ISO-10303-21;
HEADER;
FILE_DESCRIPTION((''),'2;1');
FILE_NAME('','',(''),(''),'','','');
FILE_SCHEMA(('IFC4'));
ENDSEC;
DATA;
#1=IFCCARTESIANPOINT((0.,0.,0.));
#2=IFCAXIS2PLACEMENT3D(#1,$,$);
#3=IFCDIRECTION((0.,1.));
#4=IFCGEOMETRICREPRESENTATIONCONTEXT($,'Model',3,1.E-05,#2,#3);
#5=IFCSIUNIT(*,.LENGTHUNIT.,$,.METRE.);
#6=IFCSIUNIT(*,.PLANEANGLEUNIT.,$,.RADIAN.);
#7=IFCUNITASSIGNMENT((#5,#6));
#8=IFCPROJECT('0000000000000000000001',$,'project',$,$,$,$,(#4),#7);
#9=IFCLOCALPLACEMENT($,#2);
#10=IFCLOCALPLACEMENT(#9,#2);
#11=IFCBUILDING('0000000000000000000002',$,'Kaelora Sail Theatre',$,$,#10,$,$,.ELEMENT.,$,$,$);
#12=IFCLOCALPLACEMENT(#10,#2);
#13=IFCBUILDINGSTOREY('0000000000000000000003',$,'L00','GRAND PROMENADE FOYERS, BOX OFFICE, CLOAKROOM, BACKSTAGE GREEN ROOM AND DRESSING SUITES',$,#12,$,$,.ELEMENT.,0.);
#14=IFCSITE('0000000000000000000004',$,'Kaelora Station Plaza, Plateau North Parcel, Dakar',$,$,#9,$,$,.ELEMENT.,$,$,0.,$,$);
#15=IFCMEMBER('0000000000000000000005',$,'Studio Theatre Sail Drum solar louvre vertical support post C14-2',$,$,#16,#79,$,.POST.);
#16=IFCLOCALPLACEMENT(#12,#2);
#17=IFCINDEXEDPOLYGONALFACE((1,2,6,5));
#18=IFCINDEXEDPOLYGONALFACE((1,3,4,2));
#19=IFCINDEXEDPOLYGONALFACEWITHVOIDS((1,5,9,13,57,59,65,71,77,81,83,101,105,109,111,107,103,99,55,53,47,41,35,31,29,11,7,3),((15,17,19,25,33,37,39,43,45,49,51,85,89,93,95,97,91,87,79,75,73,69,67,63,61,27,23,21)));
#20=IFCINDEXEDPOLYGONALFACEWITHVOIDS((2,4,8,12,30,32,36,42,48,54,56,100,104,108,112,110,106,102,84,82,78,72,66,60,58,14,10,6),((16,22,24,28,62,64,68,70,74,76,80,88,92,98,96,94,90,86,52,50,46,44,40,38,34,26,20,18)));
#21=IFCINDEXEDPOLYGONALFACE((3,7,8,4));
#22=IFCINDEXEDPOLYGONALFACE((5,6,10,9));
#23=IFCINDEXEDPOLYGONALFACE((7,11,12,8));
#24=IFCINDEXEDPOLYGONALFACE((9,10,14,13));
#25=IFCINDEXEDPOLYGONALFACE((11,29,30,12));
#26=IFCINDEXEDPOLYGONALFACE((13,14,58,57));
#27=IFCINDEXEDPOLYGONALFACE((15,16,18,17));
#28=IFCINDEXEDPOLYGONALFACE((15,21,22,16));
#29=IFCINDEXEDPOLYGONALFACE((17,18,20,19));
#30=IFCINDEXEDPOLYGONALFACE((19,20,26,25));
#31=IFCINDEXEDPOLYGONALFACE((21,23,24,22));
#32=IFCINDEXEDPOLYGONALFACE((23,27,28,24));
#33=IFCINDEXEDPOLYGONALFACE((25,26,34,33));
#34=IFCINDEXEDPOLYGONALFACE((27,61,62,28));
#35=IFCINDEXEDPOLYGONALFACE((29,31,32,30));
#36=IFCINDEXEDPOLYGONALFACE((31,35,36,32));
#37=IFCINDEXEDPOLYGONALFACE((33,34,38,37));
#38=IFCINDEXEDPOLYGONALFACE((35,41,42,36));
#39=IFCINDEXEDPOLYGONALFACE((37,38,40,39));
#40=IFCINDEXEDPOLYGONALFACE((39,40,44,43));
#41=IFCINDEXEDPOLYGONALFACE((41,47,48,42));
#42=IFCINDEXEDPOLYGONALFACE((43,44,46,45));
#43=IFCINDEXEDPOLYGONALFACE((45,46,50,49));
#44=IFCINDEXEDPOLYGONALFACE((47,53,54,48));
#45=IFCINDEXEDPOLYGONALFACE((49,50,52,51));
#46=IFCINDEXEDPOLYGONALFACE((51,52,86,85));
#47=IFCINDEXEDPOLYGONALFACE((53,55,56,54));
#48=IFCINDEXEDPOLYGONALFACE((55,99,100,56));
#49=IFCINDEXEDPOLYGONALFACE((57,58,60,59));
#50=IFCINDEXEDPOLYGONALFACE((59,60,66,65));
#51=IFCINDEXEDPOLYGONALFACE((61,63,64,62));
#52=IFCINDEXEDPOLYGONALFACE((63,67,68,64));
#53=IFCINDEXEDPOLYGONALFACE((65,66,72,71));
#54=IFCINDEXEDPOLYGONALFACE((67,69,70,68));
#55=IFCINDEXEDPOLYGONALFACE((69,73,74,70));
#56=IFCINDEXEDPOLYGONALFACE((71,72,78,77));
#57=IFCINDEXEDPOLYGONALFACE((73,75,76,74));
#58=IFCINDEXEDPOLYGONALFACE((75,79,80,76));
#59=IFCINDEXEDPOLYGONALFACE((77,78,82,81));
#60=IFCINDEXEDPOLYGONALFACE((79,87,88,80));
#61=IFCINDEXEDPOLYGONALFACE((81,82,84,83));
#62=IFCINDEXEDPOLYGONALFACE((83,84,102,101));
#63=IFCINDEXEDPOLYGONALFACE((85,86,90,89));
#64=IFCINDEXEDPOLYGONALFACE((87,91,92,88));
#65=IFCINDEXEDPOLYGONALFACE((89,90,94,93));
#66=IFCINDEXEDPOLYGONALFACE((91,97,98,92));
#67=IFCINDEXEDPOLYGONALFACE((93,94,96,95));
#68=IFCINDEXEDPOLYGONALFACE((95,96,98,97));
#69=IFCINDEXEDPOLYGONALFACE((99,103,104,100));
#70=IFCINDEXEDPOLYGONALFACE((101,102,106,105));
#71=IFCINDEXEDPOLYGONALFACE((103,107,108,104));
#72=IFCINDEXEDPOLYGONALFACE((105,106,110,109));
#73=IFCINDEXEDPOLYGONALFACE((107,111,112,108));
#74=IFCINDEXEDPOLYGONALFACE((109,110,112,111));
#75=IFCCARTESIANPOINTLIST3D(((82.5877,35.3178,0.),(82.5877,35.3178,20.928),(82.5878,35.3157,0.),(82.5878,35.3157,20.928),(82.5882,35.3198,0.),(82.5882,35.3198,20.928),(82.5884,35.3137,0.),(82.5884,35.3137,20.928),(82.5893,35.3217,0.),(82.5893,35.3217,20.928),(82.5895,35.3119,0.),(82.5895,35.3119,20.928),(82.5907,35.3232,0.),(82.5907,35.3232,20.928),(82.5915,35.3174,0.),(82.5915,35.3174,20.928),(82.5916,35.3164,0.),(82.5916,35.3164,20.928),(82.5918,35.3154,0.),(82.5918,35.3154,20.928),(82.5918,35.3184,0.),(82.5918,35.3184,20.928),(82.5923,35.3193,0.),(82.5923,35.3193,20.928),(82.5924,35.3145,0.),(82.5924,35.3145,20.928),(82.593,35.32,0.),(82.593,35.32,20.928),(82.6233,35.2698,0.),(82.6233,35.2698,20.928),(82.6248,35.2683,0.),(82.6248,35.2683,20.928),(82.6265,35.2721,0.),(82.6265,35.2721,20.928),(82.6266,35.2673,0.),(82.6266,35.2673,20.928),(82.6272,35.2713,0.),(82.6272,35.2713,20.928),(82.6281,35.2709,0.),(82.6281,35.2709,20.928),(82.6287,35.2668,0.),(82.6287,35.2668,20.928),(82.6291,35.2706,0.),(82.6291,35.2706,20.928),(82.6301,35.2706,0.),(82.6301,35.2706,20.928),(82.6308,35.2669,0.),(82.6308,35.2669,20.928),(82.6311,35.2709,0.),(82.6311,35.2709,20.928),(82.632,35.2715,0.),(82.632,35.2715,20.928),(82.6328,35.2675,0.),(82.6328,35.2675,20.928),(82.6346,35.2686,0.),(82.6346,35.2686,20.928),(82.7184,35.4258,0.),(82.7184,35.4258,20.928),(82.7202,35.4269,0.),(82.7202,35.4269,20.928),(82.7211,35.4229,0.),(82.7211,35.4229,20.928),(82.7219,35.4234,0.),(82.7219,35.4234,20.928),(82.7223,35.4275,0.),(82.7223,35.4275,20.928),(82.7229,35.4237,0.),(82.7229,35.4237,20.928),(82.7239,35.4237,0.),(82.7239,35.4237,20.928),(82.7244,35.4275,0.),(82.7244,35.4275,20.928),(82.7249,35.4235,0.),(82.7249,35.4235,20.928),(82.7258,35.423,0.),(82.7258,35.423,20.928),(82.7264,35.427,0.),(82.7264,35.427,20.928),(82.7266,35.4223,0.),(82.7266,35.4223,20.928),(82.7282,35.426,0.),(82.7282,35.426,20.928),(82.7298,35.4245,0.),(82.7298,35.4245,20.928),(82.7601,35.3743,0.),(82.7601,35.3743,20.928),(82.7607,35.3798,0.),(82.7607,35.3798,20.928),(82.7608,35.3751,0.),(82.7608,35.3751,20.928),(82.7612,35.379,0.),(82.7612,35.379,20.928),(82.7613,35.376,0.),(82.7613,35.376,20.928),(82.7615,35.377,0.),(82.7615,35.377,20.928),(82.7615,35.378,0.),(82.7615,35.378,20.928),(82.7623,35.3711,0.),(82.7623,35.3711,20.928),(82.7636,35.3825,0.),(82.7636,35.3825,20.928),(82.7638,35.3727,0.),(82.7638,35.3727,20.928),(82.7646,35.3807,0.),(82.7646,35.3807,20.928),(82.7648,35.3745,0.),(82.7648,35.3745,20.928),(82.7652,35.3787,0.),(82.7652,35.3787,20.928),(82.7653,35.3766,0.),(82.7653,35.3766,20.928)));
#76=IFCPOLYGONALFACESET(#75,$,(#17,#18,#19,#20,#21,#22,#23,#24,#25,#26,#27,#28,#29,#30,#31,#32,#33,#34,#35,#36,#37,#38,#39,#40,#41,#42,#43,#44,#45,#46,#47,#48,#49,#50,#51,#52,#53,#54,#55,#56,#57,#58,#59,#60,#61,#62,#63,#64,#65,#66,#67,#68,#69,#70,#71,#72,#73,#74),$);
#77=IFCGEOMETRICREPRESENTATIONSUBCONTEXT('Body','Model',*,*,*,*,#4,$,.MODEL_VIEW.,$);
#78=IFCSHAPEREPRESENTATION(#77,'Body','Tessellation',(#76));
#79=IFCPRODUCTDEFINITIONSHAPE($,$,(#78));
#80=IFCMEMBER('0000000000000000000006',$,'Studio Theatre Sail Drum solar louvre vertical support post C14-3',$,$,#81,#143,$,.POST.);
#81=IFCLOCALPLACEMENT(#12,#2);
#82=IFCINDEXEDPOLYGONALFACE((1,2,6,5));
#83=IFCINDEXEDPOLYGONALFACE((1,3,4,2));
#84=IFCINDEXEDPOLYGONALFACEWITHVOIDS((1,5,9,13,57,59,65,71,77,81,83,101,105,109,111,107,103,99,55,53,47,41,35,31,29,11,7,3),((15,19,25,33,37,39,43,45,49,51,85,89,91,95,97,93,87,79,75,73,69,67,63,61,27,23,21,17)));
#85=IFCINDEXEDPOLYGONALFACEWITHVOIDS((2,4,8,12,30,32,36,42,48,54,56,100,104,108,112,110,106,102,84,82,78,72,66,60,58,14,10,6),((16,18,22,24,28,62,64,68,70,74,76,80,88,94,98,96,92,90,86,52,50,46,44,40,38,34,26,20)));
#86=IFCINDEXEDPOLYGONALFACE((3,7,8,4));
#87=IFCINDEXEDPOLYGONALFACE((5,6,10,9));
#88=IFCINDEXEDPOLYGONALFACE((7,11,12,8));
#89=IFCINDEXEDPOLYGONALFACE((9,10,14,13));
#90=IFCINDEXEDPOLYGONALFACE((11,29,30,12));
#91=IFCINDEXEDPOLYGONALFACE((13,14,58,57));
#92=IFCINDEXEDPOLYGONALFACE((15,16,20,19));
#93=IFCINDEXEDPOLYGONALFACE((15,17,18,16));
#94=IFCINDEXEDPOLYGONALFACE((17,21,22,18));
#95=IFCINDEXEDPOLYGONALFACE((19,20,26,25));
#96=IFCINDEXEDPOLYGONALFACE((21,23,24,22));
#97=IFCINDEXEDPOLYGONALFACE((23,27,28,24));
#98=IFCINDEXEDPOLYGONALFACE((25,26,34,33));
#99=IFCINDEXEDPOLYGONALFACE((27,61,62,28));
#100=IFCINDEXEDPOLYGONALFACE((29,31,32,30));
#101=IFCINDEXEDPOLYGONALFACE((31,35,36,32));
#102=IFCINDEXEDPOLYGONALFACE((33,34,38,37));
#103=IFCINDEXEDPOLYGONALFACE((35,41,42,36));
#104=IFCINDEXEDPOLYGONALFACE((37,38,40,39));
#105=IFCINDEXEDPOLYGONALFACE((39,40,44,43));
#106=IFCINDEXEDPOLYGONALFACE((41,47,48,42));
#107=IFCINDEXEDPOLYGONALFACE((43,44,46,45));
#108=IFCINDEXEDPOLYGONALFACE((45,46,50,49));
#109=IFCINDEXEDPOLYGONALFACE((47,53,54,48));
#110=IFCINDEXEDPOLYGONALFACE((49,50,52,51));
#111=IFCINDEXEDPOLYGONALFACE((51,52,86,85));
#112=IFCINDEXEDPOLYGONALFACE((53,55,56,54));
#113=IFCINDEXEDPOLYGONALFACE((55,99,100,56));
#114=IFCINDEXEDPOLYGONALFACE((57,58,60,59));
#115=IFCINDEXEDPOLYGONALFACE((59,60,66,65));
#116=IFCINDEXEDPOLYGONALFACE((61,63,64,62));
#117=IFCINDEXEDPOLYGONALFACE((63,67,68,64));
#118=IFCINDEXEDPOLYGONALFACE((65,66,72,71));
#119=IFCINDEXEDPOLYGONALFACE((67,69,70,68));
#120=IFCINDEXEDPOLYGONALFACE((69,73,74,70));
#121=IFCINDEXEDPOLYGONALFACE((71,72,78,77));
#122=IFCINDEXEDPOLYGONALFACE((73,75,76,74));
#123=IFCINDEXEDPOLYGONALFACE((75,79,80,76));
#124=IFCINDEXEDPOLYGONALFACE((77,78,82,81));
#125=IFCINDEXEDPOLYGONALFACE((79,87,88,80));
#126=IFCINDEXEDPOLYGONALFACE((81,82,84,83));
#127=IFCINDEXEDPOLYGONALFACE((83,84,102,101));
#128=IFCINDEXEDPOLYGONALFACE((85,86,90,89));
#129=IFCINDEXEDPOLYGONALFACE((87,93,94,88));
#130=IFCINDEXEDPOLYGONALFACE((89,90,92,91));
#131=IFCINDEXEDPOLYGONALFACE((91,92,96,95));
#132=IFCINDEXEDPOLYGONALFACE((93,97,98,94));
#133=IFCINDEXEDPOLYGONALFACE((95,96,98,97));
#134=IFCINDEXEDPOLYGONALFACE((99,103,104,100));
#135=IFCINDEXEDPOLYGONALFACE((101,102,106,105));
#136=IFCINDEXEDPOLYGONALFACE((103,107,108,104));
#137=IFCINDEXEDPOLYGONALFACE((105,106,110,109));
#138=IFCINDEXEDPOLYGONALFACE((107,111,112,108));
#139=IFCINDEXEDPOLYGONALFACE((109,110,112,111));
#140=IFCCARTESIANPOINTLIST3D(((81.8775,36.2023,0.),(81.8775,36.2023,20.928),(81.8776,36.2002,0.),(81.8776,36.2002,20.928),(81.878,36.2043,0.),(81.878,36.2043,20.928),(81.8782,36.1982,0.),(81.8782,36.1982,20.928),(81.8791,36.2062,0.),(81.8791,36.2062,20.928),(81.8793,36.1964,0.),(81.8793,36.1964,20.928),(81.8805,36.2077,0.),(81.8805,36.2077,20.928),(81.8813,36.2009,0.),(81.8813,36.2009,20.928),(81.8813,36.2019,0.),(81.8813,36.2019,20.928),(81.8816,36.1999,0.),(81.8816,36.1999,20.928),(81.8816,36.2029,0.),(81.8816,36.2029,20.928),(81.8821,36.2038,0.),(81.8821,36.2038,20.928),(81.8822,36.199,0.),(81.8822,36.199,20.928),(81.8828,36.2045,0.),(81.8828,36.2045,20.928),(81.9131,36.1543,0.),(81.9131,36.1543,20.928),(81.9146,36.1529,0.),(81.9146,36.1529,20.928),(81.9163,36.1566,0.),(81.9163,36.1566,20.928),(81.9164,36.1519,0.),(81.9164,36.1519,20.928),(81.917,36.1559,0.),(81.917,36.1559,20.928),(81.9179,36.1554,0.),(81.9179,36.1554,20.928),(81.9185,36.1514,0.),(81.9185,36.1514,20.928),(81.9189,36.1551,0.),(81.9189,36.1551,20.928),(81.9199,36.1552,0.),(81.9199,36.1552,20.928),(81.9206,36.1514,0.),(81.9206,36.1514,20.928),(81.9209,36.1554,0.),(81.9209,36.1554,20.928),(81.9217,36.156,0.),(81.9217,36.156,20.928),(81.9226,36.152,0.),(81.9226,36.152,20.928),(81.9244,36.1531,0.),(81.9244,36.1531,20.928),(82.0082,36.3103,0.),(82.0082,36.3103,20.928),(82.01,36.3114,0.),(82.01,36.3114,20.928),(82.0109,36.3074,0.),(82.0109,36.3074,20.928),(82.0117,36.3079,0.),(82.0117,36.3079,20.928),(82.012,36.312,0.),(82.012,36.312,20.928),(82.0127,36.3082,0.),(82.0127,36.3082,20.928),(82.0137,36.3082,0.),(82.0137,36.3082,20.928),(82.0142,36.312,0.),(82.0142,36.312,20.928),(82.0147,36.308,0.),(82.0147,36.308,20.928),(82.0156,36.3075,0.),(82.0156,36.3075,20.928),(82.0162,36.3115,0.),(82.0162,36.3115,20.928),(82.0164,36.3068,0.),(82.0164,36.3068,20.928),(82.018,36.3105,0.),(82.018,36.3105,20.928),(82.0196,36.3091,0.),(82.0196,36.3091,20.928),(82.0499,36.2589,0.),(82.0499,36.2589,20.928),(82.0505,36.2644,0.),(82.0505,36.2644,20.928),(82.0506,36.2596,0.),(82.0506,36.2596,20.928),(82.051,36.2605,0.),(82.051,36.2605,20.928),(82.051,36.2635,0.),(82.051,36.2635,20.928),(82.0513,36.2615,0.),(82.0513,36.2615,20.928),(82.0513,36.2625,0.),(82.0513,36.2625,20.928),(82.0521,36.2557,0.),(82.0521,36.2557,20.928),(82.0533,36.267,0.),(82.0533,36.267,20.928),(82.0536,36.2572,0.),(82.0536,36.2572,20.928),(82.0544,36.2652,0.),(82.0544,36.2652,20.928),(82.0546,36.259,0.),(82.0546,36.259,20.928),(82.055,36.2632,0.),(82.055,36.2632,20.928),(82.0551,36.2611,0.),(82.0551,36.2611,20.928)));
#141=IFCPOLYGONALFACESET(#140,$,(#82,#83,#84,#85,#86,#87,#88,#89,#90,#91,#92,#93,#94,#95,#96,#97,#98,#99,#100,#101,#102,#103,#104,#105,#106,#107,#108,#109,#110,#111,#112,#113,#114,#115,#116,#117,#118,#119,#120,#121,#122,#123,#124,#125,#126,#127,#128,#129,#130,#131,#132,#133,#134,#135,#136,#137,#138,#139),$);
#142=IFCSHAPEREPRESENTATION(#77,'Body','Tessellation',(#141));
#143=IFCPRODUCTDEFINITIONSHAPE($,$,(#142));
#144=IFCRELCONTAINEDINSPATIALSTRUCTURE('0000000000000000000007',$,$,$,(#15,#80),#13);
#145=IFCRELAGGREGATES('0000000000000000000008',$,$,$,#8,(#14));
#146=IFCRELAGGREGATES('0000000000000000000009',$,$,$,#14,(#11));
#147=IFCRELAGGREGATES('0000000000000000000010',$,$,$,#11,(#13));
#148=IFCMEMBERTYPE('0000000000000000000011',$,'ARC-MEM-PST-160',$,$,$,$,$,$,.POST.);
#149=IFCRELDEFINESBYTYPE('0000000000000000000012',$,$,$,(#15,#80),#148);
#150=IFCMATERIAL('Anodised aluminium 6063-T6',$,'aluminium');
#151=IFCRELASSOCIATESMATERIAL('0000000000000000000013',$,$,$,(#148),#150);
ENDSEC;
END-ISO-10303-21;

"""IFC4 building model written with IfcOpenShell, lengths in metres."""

from ifc_helpers import new_model, si_unit, direction, frame, origin, origin_2d, place, context, subcontext, project, spatial, hollow_rectangle, extrude, material, material_profile, profile_set, type_object, element, save


model = new_model("IFC4")

# Units and contexts
model_context = context("Model", 3, precision=1e-05, world=origin(), true_north=direction((0.0, 1.0)))
body_context = subcontext(model_context, "Body", "Model", "MODEL_VIEW")
ifc_project = project(units=[si_unit("LENGTHUNIT", "METRE"), si_unit("PLANEANGLEUNIT", "RADIAN")], contexts=[model_context])

# Site, building, storey
site_placement = place(None, origin())
site = spatial("IfcSite", under=ifc_project, at=site_placement, Name="Kaelora Station Plaza, Plateau North Parcel, Dakar", CompositionType="ELEMENT", RefElevation=0.0)
building_placement = place(site_placement, origin())
building = spatial("IfcBuilding", under=site, at=building_placement, Name="Kaelora Sail Theatre", CompositionType="ELEMENT")
storey_placement = place(building_placement, origin())
storey = spatial("IfcBuildingStorey", under=building, at=storey_placement, Name="L00", Description="GRAND PROMENADE FOYERS, BOX OFFICE, CLOAKROOM, BACKSTAGE GREEN ROOM AND DRESSING SUITES", CompositionType="ELEMENT", Elevation=0.0)

# Members
ifc_material_1 = material(Name="Anodised aluminium 6063-T6", Category="aluminium")
ifc_material_profile_1 = material_profile(ifc_material_1, hollow_rectangle(XDim=0.0701, YDim=0.1799, WallThickness=0.0039, InnerFilletRadius=0.0039, OuterFilletRadius=0.0081, at=origin_2d()), Name="ALU-MULL 70x180x4")
ifc_profile_set_1 = profile_set([ifc_material_profile_1], Name="Anodised aluminium 6063-T6")
member_type_1 = type_object("IfcMemberType", Name="ARC-MEM-PST-160", PredefinedType="POST", material=ifc_profile_set_1)
for number, where, z_axis, x_axis, name in (
    (1, (82.6765, 35.3472, 0.0), (0.0, 0.0, 1.0), (-0.626196, 0.779666, 0.0), "Studio Theatre Sail Drum solar louvre vertical support post C14-2"),
    (2, (81.9663, 36.2317, 0.0), (0.0, 0.0, 1.0), (-0.626196, 0.779666, 0.0), "Studio Theatre Sail Drum solar louvre vertical support post C14-3"),
):
    element("IfcMember", number, at=place(storey_placement, frame(where, z_axis=z_axis, x_axis=x_axis)), inside=storey, type_object=member_type_1, Name=name, PredefinedType="POST", context=body_context, shape_type="SweptSolid", body=[
        extrude(hollow_rectangle(XDim=0.0701, YDim=0.1799, WallThickness=0.0039, InnerFilletRadius=0.0039, OuterFilletRadius=0.0081, at=origin_2d()), origin(), (0.0, 0.0, 1.0), 20.928),
    ])

save(model, "model.ifc")
